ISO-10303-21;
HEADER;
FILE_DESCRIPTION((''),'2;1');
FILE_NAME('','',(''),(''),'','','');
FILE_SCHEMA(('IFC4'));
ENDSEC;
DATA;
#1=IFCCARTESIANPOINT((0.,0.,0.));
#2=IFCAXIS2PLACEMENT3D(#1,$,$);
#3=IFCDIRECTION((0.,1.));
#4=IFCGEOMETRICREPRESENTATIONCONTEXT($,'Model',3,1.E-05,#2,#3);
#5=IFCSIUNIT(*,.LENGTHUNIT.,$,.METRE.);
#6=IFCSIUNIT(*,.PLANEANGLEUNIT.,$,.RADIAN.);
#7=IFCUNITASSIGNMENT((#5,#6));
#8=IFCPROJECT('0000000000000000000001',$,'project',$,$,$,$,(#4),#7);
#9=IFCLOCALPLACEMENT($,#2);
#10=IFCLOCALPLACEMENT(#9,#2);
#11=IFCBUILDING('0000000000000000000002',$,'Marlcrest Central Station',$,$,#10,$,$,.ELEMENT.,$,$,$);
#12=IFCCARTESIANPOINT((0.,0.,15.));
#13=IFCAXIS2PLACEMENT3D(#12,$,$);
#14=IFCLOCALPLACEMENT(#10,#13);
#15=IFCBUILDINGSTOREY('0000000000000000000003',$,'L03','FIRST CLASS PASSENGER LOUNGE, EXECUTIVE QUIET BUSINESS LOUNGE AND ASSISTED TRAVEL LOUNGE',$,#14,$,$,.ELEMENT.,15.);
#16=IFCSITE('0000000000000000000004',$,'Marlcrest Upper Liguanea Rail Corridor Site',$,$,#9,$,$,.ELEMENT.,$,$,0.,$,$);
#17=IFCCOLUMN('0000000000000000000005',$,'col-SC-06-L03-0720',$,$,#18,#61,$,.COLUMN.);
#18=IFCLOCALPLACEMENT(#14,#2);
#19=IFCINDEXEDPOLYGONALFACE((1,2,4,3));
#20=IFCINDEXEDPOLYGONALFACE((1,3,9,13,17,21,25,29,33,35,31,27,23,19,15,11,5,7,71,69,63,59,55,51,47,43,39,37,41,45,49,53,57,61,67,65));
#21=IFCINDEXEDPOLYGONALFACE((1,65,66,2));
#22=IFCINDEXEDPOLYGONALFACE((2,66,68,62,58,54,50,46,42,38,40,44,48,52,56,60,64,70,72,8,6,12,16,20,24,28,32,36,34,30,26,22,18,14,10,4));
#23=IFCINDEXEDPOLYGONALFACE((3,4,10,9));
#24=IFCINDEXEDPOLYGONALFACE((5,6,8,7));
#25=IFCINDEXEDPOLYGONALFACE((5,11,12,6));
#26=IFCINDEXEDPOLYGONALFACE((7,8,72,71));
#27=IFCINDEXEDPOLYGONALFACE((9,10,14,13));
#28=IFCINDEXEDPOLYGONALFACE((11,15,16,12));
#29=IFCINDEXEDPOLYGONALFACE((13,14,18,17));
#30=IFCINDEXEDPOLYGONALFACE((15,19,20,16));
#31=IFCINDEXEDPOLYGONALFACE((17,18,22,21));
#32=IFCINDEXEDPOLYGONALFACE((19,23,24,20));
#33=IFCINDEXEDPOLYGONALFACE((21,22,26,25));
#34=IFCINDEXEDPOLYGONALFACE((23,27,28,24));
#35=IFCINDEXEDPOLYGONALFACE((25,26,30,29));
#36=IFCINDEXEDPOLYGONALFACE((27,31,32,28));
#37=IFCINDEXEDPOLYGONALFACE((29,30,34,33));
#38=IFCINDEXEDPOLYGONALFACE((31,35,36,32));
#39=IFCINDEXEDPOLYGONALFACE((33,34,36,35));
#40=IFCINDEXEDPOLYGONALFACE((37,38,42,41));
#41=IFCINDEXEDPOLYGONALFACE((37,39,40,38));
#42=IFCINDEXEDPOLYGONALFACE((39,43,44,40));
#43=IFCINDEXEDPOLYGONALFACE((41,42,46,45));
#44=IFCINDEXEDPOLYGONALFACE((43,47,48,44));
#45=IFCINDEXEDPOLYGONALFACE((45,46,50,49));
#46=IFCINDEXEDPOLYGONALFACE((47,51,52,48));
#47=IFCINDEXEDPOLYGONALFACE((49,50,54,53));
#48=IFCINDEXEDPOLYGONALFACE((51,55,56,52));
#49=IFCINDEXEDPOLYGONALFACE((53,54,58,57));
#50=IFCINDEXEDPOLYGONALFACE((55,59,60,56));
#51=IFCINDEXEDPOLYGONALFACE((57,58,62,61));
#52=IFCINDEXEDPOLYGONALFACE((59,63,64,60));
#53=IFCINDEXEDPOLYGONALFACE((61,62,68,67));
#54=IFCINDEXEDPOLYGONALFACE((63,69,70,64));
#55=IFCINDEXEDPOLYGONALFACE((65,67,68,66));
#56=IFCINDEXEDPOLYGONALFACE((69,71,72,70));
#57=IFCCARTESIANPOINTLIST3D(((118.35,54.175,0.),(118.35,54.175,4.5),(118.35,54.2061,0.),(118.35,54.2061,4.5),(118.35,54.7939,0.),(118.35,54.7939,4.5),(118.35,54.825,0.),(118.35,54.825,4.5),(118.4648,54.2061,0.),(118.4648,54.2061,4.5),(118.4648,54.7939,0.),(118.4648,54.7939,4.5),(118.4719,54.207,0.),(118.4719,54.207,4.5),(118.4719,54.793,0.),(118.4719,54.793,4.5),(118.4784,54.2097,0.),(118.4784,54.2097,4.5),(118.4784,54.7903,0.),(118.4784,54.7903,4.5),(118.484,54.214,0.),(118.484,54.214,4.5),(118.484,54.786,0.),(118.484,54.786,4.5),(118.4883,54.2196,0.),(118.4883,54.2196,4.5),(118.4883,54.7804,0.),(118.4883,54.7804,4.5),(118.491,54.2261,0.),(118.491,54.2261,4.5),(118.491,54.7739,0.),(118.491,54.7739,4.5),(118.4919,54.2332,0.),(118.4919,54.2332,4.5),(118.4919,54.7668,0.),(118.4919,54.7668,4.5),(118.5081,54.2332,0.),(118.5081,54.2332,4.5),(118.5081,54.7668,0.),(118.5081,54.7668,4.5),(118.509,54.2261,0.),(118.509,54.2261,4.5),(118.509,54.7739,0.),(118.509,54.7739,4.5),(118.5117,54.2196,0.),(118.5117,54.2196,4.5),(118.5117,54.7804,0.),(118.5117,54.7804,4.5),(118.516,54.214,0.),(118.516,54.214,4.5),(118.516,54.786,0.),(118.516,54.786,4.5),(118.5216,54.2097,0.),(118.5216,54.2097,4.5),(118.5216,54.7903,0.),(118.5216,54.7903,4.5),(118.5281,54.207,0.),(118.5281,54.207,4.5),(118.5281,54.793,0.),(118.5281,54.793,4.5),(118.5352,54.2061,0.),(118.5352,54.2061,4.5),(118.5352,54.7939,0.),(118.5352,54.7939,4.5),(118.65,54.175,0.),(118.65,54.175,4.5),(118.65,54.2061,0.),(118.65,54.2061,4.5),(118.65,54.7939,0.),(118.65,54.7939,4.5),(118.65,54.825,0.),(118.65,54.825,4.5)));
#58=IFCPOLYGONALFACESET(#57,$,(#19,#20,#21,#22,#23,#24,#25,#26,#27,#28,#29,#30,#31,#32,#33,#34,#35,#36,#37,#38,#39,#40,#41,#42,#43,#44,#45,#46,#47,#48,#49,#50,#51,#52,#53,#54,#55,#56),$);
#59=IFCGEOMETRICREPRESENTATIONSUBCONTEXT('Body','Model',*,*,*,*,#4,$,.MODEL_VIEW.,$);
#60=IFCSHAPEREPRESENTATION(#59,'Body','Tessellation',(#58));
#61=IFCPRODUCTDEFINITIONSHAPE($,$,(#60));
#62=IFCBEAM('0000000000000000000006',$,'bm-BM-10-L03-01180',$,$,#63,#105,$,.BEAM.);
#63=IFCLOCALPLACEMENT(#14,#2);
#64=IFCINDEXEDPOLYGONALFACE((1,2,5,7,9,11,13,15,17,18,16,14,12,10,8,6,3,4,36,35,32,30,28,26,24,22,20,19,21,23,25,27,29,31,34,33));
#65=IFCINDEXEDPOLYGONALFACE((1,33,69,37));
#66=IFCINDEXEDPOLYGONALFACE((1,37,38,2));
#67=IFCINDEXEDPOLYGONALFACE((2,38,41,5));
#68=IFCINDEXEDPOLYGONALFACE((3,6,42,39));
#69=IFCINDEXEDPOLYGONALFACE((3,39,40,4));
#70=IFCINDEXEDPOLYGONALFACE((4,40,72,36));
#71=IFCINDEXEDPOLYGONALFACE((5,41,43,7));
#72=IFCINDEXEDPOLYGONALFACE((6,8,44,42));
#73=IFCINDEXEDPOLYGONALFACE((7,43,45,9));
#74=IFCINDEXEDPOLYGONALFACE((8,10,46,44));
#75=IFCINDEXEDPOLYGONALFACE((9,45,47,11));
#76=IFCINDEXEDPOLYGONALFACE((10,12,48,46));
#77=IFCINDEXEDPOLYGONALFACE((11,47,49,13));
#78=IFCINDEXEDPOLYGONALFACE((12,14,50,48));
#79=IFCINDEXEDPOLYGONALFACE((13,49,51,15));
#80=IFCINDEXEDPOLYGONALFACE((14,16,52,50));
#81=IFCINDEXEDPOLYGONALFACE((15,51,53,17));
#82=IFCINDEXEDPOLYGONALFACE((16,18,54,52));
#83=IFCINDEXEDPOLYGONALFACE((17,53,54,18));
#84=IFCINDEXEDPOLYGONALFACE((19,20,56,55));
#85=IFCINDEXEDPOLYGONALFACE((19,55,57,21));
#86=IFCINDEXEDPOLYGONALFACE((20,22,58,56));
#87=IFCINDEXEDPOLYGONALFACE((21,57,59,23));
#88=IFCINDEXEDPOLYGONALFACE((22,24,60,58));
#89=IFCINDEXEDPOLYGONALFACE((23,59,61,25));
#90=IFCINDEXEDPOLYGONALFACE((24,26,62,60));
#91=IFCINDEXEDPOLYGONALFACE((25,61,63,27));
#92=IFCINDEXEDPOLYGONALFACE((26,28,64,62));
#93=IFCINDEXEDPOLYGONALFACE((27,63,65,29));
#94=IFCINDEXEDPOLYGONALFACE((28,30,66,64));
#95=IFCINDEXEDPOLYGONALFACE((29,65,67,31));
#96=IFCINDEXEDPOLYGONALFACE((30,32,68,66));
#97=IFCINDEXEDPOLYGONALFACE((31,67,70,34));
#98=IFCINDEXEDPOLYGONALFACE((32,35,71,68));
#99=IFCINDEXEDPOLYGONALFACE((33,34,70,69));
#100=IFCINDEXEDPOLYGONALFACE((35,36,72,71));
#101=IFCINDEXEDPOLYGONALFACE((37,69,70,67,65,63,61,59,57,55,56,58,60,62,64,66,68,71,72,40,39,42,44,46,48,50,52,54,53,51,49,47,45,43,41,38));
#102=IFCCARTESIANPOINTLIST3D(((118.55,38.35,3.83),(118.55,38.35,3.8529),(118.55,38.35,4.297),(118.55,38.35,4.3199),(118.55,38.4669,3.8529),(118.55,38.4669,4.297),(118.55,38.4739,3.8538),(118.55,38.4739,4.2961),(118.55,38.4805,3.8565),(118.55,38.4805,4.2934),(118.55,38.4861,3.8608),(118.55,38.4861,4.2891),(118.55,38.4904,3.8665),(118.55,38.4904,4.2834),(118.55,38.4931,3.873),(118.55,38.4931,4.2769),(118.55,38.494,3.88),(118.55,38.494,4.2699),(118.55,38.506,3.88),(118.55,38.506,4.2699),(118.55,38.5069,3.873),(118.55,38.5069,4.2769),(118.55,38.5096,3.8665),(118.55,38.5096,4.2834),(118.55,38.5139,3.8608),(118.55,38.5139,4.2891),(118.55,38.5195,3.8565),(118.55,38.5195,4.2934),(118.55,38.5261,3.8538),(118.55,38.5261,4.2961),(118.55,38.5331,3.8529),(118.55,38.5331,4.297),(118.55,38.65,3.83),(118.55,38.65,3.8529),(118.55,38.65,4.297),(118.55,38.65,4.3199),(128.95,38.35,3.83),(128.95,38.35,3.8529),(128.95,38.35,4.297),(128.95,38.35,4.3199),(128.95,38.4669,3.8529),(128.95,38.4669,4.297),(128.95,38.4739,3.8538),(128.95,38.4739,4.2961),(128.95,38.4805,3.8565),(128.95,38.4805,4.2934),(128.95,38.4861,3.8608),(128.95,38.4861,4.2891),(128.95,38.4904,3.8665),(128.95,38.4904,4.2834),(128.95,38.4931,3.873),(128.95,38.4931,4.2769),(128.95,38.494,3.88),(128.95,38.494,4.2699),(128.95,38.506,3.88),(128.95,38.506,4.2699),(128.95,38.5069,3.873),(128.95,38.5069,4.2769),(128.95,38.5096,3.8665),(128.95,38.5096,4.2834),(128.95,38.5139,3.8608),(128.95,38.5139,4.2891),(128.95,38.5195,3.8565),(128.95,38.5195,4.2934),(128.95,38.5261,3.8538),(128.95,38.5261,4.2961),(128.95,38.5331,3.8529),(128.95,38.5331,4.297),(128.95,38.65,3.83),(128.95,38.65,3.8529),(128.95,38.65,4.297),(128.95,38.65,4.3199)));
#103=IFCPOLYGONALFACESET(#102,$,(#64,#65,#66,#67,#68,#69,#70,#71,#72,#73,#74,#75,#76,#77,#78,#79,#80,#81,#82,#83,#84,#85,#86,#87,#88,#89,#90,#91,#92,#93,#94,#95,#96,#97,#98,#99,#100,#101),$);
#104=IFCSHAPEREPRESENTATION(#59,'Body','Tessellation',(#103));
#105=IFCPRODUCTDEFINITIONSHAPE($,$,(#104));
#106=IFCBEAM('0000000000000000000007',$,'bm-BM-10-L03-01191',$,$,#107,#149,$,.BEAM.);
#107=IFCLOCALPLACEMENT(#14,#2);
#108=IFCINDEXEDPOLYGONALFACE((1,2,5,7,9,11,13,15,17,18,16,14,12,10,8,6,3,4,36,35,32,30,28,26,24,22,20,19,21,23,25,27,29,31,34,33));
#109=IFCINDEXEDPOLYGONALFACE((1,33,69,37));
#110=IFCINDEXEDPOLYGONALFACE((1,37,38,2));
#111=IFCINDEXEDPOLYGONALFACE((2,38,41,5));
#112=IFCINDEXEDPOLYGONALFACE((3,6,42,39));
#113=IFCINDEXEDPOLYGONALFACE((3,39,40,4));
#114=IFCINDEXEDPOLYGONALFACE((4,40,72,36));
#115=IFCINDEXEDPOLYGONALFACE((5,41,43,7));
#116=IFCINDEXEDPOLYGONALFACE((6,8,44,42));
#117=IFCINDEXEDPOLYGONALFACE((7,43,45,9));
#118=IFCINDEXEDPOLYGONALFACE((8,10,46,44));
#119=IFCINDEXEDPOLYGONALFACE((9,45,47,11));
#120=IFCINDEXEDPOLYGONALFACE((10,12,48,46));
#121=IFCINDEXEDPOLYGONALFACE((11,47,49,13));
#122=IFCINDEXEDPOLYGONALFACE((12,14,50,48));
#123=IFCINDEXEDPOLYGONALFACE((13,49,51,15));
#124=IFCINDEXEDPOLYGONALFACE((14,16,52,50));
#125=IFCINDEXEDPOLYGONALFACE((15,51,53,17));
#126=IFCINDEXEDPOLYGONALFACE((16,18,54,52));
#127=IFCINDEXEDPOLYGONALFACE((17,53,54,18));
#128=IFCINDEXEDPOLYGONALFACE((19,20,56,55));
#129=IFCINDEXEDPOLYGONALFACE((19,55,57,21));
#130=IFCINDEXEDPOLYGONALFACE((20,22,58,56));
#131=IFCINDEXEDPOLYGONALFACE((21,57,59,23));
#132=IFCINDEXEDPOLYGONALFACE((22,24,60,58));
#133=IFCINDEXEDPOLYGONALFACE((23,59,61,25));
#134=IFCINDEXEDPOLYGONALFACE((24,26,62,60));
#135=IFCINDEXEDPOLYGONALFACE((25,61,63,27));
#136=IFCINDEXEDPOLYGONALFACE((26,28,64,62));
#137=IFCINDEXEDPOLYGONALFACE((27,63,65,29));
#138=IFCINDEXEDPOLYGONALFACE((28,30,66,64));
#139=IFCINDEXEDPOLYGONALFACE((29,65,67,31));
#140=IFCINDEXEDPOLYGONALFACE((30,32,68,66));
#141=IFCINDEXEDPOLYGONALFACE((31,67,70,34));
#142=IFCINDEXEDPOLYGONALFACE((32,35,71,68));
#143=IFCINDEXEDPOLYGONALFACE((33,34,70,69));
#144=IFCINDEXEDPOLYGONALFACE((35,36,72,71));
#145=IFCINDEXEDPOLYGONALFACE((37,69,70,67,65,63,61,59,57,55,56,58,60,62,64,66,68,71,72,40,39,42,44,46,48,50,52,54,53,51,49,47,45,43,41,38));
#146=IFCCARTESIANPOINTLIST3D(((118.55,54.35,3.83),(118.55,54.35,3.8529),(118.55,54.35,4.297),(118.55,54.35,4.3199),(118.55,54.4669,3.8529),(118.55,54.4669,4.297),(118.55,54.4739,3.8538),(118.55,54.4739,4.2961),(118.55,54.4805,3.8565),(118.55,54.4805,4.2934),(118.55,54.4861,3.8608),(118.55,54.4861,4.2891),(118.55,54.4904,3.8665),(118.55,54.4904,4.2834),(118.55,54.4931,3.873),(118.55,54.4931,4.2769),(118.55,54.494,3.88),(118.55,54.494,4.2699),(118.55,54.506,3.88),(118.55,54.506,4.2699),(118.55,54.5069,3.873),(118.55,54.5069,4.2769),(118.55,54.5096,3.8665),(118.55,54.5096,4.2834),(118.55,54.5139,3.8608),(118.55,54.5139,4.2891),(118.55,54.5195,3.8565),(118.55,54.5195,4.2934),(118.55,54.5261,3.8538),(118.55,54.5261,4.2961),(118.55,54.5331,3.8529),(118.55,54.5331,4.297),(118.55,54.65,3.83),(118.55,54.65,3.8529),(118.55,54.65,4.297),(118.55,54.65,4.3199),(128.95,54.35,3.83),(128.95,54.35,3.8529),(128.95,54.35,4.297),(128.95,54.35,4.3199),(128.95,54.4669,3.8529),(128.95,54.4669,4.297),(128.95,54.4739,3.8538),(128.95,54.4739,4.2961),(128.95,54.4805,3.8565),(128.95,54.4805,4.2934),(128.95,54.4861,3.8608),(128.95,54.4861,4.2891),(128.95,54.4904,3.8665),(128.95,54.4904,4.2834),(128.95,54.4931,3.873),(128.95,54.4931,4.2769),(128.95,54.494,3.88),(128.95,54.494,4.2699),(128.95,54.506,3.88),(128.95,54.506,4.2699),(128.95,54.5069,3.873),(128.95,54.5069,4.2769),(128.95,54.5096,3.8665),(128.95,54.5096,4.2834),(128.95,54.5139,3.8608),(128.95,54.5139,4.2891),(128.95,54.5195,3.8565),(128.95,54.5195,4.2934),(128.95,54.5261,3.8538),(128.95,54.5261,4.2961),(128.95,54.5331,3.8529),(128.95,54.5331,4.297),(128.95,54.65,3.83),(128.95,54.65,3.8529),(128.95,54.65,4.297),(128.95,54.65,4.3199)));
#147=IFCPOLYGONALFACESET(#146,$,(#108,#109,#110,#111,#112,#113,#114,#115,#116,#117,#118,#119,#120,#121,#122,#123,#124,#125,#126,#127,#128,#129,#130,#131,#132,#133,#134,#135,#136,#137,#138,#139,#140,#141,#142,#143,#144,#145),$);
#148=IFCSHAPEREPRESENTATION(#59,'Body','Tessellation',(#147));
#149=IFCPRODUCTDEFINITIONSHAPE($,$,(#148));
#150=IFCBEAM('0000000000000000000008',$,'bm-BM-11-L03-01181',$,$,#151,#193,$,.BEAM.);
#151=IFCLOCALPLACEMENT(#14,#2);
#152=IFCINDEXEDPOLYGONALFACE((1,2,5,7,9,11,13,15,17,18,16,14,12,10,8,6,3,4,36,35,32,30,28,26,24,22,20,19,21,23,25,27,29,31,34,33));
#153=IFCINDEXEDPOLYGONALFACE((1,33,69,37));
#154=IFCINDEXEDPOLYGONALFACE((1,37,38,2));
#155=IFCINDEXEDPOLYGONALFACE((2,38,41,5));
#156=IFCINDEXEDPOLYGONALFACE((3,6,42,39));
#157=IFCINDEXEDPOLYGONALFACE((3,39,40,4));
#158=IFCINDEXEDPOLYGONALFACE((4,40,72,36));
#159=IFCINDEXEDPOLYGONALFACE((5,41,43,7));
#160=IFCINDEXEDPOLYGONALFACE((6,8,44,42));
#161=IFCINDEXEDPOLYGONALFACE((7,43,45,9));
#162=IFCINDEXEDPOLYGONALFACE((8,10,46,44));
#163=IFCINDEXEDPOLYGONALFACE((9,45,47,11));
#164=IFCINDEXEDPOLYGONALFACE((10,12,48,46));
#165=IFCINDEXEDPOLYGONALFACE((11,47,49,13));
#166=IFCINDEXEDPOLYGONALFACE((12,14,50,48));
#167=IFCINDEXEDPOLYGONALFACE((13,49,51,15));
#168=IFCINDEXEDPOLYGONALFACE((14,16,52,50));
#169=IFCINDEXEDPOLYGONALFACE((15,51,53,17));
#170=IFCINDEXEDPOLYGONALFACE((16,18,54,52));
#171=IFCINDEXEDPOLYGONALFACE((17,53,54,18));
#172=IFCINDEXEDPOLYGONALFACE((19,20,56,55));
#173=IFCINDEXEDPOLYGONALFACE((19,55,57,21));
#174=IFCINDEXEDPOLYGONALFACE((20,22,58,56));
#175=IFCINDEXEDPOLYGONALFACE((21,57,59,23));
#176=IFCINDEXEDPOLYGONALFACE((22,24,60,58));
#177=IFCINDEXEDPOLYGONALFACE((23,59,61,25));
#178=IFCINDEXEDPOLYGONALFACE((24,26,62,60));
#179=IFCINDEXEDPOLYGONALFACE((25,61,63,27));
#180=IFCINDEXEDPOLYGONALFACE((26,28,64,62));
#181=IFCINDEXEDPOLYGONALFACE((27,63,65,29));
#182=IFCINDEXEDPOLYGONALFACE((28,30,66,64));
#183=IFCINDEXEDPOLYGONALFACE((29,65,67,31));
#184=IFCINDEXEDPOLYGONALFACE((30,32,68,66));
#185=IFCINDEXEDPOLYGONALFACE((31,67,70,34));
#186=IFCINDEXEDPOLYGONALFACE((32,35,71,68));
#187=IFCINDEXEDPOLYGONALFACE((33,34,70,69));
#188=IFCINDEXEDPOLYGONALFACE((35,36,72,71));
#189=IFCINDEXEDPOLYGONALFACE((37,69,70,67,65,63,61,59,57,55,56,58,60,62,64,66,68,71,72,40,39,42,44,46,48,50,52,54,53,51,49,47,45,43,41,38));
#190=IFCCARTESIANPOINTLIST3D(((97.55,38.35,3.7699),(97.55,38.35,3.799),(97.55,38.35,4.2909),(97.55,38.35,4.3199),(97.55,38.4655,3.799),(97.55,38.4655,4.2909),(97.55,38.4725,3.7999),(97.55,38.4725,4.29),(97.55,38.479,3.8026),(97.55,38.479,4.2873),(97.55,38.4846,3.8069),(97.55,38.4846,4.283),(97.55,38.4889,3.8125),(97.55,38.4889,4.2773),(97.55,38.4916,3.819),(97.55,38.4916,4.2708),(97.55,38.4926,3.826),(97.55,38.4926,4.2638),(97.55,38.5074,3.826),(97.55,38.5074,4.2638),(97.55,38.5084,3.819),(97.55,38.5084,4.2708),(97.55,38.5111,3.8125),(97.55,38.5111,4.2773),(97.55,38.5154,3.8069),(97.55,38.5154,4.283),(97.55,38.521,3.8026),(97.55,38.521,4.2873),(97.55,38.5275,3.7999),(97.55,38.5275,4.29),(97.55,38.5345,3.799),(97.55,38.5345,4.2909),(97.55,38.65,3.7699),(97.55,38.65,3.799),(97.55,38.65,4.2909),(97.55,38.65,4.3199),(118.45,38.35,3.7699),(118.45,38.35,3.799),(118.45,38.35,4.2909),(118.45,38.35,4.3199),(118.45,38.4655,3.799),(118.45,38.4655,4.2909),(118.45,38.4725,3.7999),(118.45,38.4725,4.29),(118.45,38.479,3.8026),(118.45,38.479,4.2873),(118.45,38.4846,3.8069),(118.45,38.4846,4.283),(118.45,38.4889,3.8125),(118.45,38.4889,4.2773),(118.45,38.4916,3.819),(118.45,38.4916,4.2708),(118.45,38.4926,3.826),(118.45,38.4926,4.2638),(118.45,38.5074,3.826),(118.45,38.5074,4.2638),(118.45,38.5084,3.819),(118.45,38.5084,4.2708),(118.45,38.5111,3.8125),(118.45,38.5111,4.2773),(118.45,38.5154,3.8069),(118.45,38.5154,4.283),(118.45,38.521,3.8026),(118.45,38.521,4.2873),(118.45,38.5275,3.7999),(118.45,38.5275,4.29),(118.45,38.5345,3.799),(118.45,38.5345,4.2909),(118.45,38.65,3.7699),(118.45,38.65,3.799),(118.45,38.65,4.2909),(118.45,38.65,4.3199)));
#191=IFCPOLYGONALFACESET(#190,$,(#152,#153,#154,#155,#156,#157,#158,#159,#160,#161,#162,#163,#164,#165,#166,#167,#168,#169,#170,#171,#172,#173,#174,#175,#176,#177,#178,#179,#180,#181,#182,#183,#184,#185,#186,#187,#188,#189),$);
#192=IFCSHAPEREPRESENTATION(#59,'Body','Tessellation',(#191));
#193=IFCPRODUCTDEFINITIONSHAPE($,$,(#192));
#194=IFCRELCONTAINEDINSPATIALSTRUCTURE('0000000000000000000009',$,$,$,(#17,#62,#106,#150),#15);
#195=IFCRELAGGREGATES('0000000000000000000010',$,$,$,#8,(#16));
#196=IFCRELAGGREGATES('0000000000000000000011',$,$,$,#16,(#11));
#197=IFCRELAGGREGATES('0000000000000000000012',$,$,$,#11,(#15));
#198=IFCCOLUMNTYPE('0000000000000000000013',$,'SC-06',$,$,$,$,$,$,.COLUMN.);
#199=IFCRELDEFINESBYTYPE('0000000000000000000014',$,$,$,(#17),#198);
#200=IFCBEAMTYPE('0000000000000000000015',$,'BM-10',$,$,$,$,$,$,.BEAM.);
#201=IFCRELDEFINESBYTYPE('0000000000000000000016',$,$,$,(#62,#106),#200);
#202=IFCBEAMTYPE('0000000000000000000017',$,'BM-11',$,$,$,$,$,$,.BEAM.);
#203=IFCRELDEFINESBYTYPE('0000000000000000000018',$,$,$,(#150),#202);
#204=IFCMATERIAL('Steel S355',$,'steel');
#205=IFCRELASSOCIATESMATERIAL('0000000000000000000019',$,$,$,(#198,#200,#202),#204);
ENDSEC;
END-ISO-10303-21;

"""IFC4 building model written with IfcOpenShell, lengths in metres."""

from ifc_helpers import new_model, si_unit, direction, frame, origin, origin_2d, place, context, subcontext, project, spatial, i_section, extrude, material, material_profile, profile_set, type_object, element, save


model = new_model("IFC4")

# Units and contexts
model_context = context("Model", 3, precision=1e-05, world=origin(), true_north=direction((0.0, 1.0)))
body_context = subcontext(model_context, "Body", "Model", "MODEL_VIEW")
ifc_project = project(units=[si_unit("LENGTHUNIT", "METRE"), si_unit("PLANEANGLEUNIT", "RADIAN")], contexts=[model_context])

# Site, building, storey
site_placement = place(None, origin())
site = spatial("IfcSite", under=ifc_project, at=site_placement, Name="Marlcrest Upper Liguanea Rail Corridor Site", CompositionType="ELEMENT", RefElevation=0.0)
building_placement = place(site_placement, origin())
building = spatial("IfcBuilding", under=site, at=building_placement, Name="Marlcrest Central Station", CompositionType="ELEMENT")
storey_placement = place(building_placement, frame((0.0, 0.0, 15.0)))
storey = spatial("IfcBuildingStorey", under=building, at=storey_placement, Name="L03", Description="FIRST CLASS PASSENGER LOUNGE, EXECUTIVE QUIET BUSINESS LOUNGE AND ASSISTED TRAVEL LOUNGE", CompositionType="ELEMENT", Elevation=15.0)

# Column
ifc_material_1 = material(Name="Steel S355", Category="steel")
ifc_material_profile_1 = material_profile(ifc_material_1, i_section(OverallWidth=0.3, OverallDepth=0.6499, WebThickness=0.0161, FlangeThickness=0.031, FilletRadius=0.0271, at=origin_2d()), Name="HEB 650")
ifc_profile_set_1 = profile_set([ifc_material_profile_1], Name="Steel S355")
column_type_1 = type_object("IfcColumnType", Name="SC-06", PredefinedType="COLUMN", material=ifc_profile_set_1)
for number, where, z_axis, x_axis, name in (
    (1, (118.5, 54.5, 0.0), (0.0, 0.0, 1.0), (1.0, 0.0, 0.0), "col-SC-06-L03-0720"),
):
    element("IfcColumn", number, at=place(storey_placement, frame(where, z_axis=z_axis, x_axis=x_axis)), inside=storey, type_object=column_type_1, Name=name, PredefinedType="COLUMN", context=body_context, shape_type="SweptSolid", body=[
        extrude(i_section(OverallWidth=0.3, OverallDepth=0.6499, WebThickness=0.0161, FlangeThickness=0.031, FilletRadius=0.0271, at=origin_2d()), origin(), (0.0, 0.0, 1.0), 4.5),
    ])

# Beams
ifc_material_profile_2 = material_profile(ifc_material_1, i_section(OverallWidth=0.3, OverallDepth=0.49, WebThickness=0.012, FlangeThickness=0.0229, FilletRadius=0.0271, at=origin_2d()), Name="HEA 500")
ifc_profile_set_2 = profile_set([ifc_material_profile_2], Name="Steel S355")
beam_type_1 = type_object("IfcBeamType", Name="BM-10", PredefinedType="BEAM", material=ifc_profile_set_2)
for number, where, z_axis, x_axis, name in (
    (2, (118.55, 38.5, 4.075), (1.0, 0.0, 0.0), (0.0, 1.0, 0.0), "bm-BM-10-L03-01180"),
    (3, (118.55, 54.5, 4.075), (1.0, 0.0, 0.0), (0.0, 1.0, 0.0), "bm-BM-10-L03-01191"),
):
    element("IfcBeam", number, at=place(storey_placement, frame(where, z_axis=z_axis, x_axis=x_axis)), inside=storey, type_object=beam_type_1, Name=name, PredefinedType="BEAM", context=body_context, shape_type="SweptSolid", body=[
        extrude(i_section(OverallWidth=0.3, OverallDepth=0.49, WebThickness=0.012, FlangeThickness=0.0229, FilletRadius=0.0271, at=origin_2d()), origin(), (0.0, 0.0, 1.0), 10.3999),
    ])
ifc_material_profile_3 = material_profile(ifc_material_1, i_section(OverallWidth=0.3, OverallDepth=0.55, WebThickness=0.0149, FlangeThickness=0.0291, FilletRadius=0.0271, at=origin_2d()), Name="HEB 550")
ifc_profile_set_3 = profile_set([ifc_material_profile_3], Name="Steel S355")
beam_type_2 = type_object("IfcBeamType", Name="BM-11", PredefinedType="BEAM", material=ifc_profile_set_3)
for number, where, z_axis, x_axis, name in (
    (4, (97.55, 38.5, 4.0449), (1.0, 0.0, 0.0), (0.0, 1.0, 0.0), "bm-BM-11-L03-01181"),
):
    element("IfcBeam", number, at=place(storey_placement, frame(where, z_axis=z_axis, x_axis=x_axis)), inside=storey, type_object=beam_type_2, Name=name, PredefinedType="BEAM", context=body_context, shape_type="SweptSolid", body=[
        extrude(i_section(OverallWidth=0.3, OverallDepth=0.55, WebThickness=0.0149, FlangeThickness=0.0291, FilletRadius=0.0271, at=origin_2d()), origin(), (0.0, 0.0, 1.0), 20.8999),
    ])

save(model, "model.ifc")
